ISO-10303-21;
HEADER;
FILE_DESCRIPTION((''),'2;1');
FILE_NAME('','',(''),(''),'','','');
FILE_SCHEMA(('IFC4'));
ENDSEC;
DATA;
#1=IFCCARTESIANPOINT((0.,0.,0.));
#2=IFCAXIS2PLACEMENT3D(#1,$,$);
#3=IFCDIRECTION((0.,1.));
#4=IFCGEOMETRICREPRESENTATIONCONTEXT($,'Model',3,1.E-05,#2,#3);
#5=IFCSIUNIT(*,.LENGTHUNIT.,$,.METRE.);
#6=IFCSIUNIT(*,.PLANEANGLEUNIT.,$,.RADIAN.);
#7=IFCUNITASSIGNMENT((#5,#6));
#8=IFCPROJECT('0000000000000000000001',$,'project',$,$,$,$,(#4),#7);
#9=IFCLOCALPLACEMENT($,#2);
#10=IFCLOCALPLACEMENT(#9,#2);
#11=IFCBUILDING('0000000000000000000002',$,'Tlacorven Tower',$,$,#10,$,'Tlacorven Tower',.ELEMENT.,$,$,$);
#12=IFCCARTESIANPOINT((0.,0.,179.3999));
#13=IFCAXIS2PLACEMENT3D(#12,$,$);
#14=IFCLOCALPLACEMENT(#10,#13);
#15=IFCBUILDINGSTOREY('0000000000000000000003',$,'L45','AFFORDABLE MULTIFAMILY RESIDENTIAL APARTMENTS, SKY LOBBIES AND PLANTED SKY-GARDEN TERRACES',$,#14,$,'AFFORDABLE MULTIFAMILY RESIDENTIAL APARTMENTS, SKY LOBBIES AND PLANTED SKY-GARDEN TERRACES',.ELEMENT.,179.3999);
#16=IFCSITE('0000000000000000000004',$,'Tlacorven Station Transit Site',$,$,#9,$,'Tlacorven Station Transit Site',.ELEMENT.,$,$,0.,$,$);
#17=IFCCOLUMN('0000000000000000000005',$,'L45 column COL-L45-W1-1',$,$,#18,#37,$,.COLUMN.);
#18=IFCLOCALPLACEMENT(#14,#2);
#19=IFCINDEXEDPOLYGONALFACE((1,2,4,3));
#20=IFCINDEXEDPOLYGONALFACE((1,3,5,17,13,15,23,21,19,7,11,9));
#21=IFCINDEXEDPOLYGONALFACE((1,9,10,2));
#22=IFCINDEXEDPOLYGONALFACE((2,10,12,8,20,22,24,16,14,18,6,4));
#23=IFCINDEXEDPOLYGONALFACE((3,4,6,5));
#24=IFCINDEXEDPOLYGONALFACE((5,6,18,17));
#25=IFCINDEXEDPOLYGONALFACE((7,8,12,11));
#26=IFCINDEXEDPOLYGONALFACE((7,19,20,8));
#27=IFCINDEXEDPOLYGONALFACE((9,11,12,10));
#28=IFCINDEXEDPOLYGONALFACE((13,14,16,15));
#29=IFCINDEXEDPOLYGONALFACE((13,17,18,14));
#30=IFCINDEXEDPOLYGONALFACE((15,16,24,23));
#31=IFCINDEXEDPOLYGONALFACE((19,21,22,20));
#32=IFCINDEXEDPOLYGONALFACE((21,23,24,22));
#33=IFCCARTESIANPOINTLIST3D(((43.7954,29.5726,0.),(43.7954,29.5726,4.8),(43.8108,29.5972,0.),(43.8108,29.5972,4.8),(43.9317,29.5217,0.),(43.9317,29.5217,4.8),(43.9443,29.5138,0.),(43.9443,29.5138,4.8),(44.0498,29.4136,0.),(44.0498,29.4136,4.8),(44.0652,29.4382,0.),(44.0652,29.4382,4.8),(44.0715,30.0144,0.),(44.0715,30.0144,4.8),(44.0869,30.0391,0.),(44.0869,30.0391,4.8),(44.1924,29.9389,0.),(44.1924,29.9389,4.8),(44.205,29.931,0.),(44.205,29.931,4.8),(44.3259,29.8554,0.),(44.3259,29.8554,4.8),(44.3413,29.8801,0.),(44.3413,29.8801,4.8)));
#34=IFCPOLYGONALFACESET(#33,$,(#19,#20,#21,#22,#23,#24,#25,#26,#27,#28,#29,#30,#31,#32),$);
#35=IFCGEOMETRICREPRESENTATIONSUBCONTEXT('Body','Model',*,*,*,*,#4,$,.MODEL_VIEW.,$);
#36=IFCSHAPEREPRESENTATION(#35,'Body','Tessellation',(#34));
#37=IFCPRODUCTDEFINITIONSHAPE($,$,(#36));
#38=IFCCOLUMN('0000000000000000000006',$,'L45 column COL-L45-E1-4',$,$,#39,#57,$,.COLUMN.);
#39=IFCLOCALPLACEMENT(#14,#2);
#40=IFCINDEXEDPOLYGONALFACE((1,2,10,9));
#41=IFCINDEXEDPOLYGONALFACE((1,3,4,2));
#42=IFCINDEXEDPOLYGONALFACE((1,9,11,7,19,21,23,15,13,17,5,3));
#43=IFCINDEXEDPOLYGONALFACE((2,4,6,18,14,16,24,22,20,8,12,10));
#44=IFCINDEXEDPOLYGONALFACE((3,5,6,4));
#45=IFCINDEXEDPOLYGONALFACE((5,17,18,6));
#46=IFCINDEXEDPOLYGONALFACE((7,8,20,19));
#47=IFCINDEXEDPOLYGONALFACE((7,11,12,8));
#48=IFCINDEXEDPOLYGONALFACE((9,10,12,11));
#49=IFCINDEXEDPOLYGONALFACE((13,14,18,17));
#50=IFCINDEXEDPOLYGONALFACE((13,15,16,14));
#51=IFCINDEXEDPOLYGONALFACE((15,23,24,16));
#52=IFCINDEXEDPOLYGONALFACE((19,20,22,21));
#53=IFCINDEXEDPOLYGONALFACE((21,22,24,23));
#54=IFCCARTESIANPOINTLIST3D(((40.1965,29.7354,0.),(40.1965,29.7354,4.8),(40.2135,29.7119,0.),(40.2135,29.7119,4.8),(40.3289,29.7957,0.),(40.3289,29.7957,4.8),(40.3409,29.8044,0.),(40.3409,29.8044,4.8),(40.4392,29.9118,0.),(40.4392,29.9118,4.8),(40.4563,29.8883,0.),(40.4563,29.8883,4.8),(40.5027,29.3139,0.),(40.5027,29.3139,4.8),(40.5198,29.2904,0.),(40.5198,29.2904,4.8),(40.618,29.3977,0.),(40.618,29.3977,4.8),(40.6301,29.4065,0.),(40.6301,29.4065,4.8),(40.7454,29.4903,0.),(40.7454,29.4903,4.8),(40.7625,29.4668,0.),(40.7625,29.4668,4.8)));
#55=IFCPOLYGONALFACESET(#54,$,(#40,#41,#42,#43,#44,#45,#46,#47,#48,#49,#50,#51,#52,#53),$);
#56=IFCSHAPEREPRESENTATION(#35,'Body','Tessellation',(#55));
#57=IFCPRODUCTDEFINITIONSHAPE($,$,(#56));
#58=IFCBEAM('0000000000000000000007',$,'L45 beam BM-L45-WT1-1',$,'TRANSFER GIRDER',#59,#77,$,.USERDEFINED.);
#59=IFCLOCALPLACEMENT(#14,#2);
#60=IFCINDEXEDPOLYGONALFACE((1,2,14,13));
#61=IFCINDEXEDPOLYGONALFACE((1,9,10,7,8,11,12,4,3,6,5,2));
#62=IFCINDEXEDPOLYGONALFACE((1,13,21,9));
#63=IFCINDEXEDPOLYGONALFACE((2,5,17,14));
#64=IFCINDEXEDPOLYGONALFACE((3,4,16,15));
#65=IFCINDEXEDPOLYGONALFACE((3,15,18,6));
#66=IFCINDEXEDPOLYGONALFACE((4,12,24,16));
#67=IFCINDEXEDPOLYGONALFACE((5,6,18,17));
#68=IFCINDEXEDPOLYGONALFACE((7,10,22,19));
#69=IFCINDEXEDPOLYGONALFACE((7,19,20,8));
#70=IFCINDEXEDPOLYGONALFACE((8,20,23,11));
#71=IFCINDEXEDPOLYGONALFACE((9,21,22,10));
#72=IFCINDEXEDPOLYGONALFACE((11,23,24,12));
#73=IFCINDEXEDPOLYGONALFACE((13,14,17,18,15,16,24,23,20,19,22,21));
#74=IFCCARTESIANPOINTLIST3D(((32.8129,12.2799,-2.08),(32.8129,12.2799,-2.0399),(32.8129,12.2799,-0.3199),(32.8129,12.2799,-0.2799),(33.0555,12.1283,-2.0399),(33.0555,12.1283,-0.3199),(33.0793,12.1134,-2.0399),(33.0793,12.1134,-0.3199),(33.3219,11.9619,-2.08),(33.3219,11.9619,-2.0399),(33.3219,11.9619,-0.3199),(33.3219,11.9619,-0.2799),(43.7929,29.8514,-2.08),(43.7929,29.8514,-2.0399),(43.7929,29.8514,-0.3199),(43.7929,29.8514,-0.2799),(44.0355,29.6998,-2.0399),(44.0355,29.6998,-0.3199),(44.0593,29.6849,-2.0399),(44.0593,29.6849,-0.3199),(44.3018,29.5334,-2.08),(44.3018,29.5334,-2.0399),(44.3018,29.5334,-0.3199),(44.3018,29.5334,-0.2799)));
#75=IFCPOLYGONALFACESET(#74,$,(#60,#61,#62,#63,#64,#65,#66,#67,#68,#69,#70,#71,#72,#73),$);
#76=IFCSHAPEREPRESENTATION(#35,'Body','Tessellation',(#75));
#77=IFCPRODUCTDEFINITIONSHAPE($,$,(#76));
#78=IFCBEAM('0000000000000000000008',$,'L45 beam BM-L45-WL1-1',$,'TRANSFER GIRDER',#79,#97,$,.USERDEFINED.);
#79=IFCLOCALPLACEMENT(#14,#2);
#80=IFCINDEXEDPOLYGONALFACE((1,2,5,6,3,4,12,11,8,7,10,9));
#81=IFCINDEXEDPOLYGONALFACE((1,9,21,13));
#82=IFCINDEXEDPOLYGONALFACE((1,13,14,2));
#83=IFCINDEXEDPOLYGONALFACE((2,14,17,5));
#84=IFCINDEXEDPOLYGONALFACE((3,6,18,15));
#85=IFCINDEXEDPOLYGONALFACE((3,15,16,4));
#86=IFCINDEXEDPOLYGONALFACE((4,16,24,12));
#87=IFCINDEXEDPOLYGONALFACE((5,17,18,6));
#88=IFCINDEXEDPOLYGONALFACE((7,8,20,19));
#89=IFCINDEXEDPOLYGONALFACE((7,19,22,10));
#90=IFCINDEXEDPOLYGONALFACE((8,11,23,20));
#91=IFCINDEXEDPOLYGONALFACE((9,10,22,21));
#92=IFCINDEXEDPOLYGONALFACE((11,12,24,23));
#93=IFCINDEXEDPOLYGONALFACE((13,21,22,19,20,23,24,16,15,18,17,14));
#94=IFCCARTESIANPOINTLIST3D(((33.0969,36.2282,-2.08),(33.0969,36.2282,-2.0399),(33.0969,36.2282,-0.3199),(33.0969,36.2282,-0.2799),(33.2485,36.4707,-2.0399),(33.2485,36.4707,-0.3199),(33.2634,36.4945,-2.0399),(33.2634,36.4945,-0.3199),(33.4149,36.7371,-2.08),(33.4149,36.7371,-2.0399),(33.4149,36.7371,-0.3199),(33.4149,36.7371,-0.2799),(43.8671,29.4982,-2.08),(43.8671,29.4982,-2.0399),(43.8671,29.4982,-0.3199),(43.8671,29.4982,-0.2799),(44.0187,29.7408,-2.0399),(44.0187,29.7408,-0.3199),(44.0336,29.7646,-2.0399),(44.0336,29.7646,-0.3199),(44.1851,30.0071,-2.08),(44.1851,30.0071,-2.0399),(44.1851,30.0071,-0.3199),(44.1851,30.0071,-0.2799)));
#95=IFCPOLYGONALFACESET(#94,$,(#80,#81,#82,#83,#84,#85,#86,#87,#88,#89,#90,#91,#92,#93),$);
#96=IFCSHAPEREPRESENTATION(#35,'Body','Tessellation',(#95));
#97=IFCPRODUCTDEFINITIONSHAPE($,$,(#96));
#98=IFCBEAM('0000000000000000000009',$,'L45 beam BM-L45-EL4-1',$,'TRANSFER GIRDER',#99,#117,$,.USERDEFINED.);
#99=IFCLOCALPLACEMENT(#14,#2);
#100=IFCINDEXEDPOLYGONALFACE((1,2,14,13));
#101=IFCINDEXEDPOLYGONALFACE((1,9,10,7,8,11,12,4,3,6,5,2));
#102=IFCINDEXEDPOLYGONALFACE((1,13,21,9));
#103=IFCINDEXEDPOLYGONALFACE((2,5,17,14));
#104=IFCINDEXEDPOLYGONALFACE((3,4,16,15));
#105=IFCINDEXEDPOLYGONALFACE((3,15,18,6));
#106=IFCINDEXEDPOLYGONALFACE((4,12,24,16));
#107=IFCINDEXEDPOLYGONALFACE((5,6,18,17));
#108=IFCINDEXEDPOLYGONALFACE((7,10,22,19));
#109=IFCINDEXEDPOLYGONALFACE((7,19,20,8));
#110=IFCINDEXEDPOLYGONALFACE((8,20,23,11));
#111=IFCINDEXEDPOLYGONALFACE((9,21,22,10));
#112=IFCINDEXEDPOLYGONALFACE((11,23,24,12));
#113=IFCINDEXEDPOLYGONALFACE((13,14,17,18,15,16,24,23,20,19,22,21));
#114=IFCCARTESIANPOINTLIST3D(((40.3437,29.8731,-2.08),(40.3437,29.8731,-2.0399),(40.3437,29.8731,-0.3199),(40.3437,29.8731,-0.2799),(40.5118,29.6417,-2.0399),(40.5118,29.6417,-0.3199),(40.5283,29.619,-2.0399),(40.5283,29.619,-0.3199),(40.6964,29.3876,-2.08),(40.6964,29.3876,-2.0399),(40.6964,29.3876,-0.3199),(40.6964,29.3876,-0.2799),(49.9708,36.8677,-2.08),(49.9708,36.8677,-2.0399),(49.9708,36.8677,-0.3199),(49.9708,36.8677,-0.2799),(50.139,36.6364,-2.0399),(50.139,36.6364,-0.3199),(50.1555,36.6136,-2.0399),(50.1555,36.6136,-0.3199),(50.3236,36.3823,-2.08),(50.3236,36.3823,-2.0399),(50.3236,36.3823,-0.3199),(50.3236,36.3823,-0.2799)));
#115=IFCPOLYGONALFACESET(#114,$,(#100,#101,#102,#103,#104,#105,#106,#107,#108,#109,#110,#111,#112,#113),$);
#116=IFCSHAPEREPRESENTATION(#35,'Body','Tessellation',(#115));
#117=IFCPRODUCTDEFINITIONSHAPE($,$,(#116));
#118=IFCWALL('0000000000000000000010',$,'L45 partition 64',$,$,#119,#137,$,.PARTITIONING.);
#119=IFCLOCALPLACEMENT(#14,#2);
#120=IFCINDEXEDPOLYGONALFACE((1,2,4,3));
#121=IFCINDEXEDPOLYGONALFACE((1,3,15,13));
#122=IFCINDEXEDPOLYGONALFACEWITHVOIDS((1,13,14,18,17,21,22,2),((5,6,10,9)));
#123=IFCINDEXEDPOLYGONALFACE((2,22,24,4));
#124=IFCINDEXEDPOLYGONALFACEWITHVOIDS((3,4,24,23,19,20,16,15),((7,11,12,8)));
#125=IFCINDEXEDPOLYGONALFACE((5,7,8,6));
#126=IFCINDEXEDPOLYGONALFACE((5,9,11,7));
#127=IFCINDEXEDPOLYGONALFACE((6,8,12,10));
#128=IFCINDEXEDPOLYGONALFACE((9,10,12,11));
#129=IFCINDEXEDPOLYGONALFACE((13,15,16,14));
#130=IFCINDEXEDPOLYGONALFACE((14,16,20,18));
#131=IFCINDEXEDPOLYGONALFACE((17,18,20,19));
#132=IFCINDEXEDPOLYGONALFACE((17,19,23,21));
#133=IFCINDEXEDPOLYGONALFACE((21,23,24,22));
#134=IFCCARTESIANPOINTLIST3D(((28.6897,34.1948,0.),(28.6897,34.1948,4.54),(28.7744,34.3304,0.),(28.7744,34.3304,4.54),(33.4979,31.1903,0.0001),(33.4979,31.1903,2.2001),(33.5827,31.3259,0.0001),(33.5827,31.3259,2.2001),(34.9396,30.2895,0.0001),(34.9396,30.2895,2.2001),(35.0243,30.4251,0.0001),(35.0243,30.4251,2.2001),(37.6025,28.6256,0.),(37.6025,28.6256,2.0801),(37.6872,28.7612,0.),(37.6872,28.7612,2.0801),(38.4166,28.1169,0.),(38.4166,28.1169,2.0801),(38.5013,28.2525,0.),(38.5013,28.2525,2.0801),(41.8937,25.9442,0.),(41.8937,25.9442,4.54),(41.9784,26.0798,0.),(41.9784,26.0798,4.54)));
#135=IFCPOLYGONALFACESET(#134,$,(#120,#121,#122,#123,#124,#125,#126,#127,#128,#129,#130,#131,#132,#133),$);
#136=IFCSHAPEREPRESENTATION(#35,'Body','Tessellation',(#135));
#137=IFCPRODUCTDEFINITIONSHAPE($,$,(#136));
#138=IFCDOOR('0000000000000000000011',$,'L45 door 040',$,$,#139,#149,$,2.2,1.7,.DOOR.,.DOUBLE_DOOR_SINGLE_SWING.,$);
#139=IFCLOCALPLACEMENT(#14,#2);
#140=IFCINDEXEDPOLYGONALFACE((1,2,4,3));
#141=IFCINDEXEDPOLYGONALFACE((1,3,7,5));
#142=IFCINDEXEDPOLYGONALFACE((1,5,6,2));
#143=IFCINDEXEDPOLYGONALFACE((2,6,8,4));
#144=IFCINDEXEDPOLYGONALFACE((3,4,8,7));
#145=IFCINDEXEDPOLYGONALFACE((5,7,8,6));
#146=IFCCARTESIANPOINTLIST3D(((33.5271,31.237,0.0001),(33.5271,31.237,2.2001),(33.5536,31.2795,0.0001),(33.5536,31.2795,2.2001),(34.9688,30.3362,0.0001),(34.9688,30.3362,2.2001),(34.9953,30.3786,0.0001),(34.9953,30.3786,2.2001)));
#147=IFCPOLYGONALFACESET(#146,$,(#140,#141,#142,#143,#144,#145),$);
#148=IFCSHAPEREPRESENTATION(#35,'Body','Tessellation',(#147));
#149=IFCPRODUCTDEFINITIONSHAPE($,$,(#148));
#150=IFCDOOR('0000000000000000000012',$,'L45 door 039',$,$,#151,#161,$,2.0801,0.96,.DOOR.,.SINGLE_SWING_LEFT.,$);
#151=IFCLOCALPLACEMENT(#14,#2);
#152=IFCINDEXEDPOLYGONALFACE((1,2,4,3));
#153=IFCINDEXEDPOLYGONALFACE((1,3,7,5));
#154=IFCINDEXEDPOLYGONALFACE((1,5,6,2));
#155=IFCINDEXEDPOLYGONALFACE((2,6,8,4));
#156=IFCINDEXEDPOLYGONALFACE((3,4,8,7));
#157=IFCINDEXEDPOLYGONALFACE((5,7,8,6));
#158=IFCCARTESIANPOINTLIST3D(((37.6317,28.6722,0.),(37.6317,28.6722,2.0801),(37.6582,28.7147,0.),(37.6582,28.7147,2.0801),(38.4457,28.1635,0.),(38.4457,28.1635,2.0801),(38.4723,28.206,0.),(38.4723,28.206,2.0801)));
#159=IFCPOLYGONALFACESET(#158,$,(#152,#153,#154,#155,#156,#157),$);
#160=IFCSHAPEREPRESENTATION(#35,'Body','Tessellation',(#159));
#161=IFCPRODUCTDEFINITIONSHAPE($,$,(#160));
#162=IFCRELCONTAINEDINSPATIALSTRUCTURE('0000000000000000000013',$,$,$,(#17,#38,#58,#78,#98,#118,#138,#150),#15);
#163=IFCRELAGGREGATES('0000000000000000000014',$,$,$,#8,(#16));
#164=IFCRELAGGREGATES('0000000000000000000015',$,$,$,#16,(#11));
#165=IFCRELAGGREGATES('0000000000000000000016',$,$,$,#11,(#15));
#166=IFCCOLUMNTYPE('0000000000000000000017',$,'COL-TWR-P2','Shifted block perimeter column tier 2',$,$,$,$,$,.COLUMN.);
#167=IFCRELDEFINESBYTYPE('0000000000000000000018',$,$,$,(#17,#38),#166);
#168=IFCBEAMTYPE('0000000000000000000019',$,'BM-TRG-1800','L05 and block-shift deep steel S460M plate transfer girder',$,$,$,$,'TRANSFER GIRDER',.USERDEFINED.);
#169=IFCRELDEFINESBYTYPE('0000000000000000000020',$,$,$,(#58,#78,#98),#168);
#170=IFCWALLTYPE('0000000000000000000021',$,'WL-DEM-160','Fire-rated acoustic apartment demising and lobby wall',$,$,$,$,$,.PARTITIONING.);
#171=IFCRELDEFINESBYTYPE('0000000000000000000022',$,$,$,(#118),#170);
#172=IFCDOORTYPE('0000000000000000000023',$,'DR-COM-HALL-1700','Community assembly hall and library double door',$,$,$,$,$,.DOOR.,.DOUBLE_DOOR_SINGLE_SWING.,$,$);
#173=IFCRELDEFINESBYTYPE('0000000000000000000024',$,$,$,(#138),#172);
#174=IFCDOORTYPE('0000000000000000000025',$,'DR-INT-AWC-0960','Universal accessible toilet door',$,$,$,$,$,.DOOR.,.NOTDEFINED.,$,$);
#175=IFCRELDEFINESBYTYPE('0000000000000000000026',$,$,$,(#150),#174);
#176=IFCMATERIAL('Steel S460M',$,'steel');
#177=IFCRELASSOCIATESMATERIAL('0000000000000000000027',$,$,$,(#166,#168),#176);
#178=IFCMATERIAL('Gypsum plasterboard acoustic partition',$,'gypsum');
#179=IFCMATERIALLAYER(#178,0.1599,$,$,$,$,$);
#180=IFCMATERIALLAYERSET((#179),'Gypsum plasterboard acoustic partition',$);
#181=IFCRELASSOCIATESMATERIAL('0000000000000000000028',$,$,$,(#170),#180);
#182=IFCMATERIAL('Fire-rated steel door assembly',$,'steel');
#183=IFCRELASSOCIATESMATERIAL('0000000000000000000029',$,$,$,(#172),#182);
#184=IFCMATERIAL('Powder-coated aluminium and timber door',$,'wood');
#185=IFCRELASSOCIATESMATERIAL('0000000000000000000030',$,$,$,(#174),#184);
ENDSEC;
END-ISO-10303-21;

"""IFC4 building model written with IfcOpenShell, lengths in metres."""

from ifc_helpers import new_model, si_unit, direction, frame, frame_2d, origin, origin_2d, place, context, subcontext, project, spatial, rectangle, i_section, extrude, source, transform, mapped, material, layer, layer_set, material_profile, profile_set, type_object, element, fill, save


model = new_model("IFC4")

# Units and contexts
model_context = context("Model", 3, precision=1e-05, world=origin(), true_north=direction((0.0, 1.0)))
body_context = subcontext(model_context, "Body", "Model", "MODEL_VIEW")
ifc_project = project(units=[si_unit("LENGTHUNIT", "METRE"), si_unit("PLANEANGLEUNIT", "RADIAN")], contexts=[model_context])

# Site, building, storey
site_placement = place(None, origin())
site = spatial("IfcSite", under=ifc_project, at=site_placement, Name="Tlacorven Station Transit Site", LongName="Tlacorven Station Transit Site", CompositionType="ELEMENT", RefElevation=0.0)
building_placement = place(site_placement, origin())
building = spatial("IfcBuilding", under=site, at=building_placement, Name="Tlacorven Tower", LongName="Tlacorven Tower", CompositionType="ELEMENT")
storey_placement = place(building_placement, frame((0.0, 0.0, 179.3999)))
storey = spatial("IfcBuildingStorey", under=building, at=storey_placement, Name="L45", Description="AFFORDABLE MULTIFAMILY RESIDENTIAL APARTMENTS, SKY LOBBIES AND PLANTED SKY-GARDEN TERRACES", LongName="AFFORDABLE MULTIFAMILY RESIDENTIAL APARTMENTS, SKY LOBBIES AND PLANTED SKY-GARDEN TERRACES", CompositionType="ELEMENT", Elevation=179.3999)

# Columns
ifc_material_1 = material(Name="Steel S460M", Category="steel")
ifc_material_profile_1 = material_profile(ifc_material_1, i_section(OverallWidth=0.3, OverallDepth=0.55, WebThickness=0.0149, FlangeThickness=0.0291, at=origin_2d()), Name="HEB 550")
ifc_profile_set_1 = profile_set([ifc_material_profile_1], Name="Steel S460M")
column_type = type_object("IfcColumnType", Name="COL-TWR-P2", Description="Shifted block perimeter column tier 2", PredefinedType="COLUMN", material=ifc_profile_set_1)
shared_shape_1 = source(origin(), body_context, "Body", "SweptSolid", [
    extrude(i_section(OverallWidth=0.3, OverallDepth=0.55, WebThickness=0.0149, FlangeThickness=0.0291, at=origin_2d()), origin(), (0.0, 0.0, 1.0), 4.8),
])
for number, where, z_axis, x_axis, name in (
    (1, (44.0684, 29.7263, 0.0), (0.0, 0.0, 1.0), (-0.848048, 0.529919, 0.0), "L45 column COL-L45-W1-1"),
    (2, (40.4795, 29.6011, 0.0), (0.0, 0.0, 1.0), (0.809017, 0.587785, 0.0), "L45 column COL-L45-E1-4"),
):
    element("IfcColumn", number, at=place(storey_placement, frame(where, z_axis=z_axis, x_axis=x_axis)), inside=storey, type_object=column_type, Name=name, PredefinedType="COLUMN", context=body_context, shape_type="MappedRepresentation", body=[
        mapped(shared_shape_1, transform((0.0, 0.0, 0.0), scale=1.0)),
    ])

# Beams
ifc_material_profile_2 = material_profile(ifc_material_1, i_section(OverallWidth=0.6001, OverallDepth=1.8, WebThickness=0.0281, FlangeThickness=0.04, at=origin_2d()), Name="PG 1800X600X28X40")
ifc_profile_set_2 = profile_set([ifc_material_profile_2], Name="Steel S460M")
beam_type = type_object("IfcBeamType", Name="BM-TRG-1800", Description="L05 and block-shift deep steel S460M plate transfer girder", ElementType="TRANSFER GIRDER", PredefinedType="USERDEFINED", material=ifc_profile_set_2)
shared_shape_2 = source(origin(), body_context, "Body", "SweptSolid", [
    extrude(i_section(OverallWidth=0.6001, OverallDepth=1.8, WebThickness=0.0281, FlangeThickness=0.04, at=origin_2d()), origin(), (0.0, 0.0, 1.0), 20.72),
])
beam_1_placement = place(storey_placement, frame((44.0474, 29.6924, -1.1799), z_axis=(-0.529922, -0.848047, 0.0), x_axis=(0.848047, -0.529922, 0.0)))
element("IfcBeam", 3, at=beam_1_placement, inside=storey, type_object=beam_type, Name="L45 beam BM-L45-WT1-1", ObjectType="TRANSFER GIRDER", PredefinedType="USERDEFINED", context=body_context, shape_type="MappedRepresentation", body=[
    mapped(shared_shape_2, transform((0.0, 0.0, 0.0), scale=1.0)),
])
shared_shape_3 = source(origin(), body_context, "Body", "SweptSolid", [
    extrude(i_section(OverallWidth=0.6001, OverallDepth=1.8, WebThickness=0.0281, FlangeThickness=0.04, at=origin_2d()), origin(), (0.0, 0.0, 1.0), 12.7),
])
beam_2_placement = place(storey_placement, frame((44.0261, 29.7527, -1.1799), z_axis=(-0.848049, 0.529918, 0.0), x_axis=(-0.529918, -0.848049, 0.0)))
element("IfcBeam", 4, at=beam_2_placement, inside=storey, type_object=beam_type, Name="L45 beam BM-L45-WL1-1", ObjectType="TRANSFER GIRDER", PredefinedType="USERDEFINED", context=body_context, shape_type="MappedRepresentation", body=[
    mapped(shared_shape_3, transform((0.0, 0.0, 0.0), scale=1.0)),
])
shared_shape_4 = source(origin(), body_context, "Body", "SweptSolid", [
    extrude(i_section(OverallWidth=0.6001, OverallDepth=1.8, WebThickness=0.0281, FlangeThickness=0.04, at=origin_2d()), origin(), (0.0, 0.0, 1.0), 11.8999),
])
beam_3_placement = place(storey_placement, frame((40.52, 29.6304, -1.1799), z_axis=(0.809015, 0.587789, 0.0), x_axis=(-0.587789, 0.809015, 0.0)))
element("IfcBeam", 5, at=beam_3_placement, inside=storey, type_object=beam_type, Name="L45 beam BM-L45-EL4-1", ObjectType="TRANSFER GIRDER", PredefinedType="USERDEFINED", context=body_context, shape_type="MappedRepresentation", body=[
    mapped(shared_shape_4, transform((0.0, 0.0, 0.0), scale=1.0)),
])

# Wall, openings, doors
ifc_material_2 = material(Name="Gypsum plasterboard acoustic partition", Category="gypsum")
ifc_layer_1 = layer(ifc_material_2, 0.1599)
ifc_layer_set_1 = layer_set([ifc_layer_1], Name="Gypsum plasterboard acoustic partition")
wall_type_1 = type_object("IfcWallType", Name="WL-DEM-160", Description="Fire-rated acoustic apartment demising and lobby wall", PredefinedType="PARTITIONING", material=ifc_layer_set_1)
wall_1_placement = place(storey_placement, frame((41.936, 26.012, 0.0), z_axis=(0.0, 0.0, 1.0), x_axis=(-0.848051, 0.529914, 0.0)))
wall_1 = element("IfcWall", 6, at=wall_1_placement, inside=storey, type_object=wall_type_1, Name="L45 partition 64", PredefinedType="PARTITIONING", context=body_context, shape_type="SweptSolid", body=[
    extrude(rectangle(XDim=15.5698, YDim=0.1599, at=frame_2d((7.7849, 0.0))), origin(), (0.0, 0.0, 1.0), 4.54),
])
opening_1_placement = place(wall_1_placement, frame((4.1001, 0.0, 0.0)))
opening_1 = element("IfcOpeningElement", 7, at=opening_1_placement, cuts=wall_1, PredefinedType="OPENING", context=body_context, shape_type="SweptSolid", body=[
    extrude(rectangle(XDim=0.96, YDim=2.0801, at=frame_2d((0.48, 1.04))), frame((0.0, 0.0898, 0.0), z_axis=(0.0, -1.0, 0.0), x_axis=(1.0, 0.0, 0.0)), (0.0, 0.0, 1.0), 0.1799),
])
opening_2_placement = place(wall_1_placement, frame((8.2, 0.0, 0.0)))
opening_2 = element("IfcOpeningElement", 8, at=opening_2_placement, cuts=wall_1, PredefinedType="OPENING", context=body_context, shape_type="SweptSolid", body=[
    extrude(rectangle(XDim=1.7, YDim=2.2, at=frame_2d((0.8501, 1.1001))), frame((0.0, 0.0898, 0.0), z_axis=(0.0, -1.0, 0.0), x_axis=(1.0, 0.0, 0.0)), (0.0, 0.0, 1.0), 0.1799),
])
ifc_material_3 = material(Name="Fire-rated steel door assembly", Category="steel")
door_type_1 = type_object("IfcDoorType", Name="DR-COM-HALL-1700", Description="Community assembly hall and library double door", OperationType="DOUBLE_DOOR_SINGLE_SWING", PredefinedType="DOOR", material=ifc_material_3)
shared_shape_5 = source(origin(), body_context, "Body", "SweptSolid", [
    extrude(rectangle(XDim=1.7, YDim=2.2, at=frame_2d((0.8501, 1.1001))), frame((0.0, 0.0249, 0.0), z_axis=(0.0, -1.0, 0.0), x_axis=(1.0, 0.0, 0.0)), (0.0, 0.0, 1.0), 0.05),
])
door_1_placement = place(opening_2_placement, origin())
door_1 = element("IfcDoor", 9, at=door_1_placement, inside=storey, type_object=door_type_1, Name="L45 door 040", OperationType="DOUBLE_DOOR_SINGLE_SWING", OverallHeight=2.2, OverallWidth=1.7, PredefinedType="DOOR", context=body_context, shape_type="MappedRepresentation", body=[
    mapped(shared_shape_5, transform((0.0, 0.0, 0.0), scale=1.0)),
])
fill(opening_2, door_1)
ifc_material_4 = material(Name="Powder-coated aluminium and timber door", Category="wood")
door_type_2 = type_object("IfcDoorType", Name="DR-INT-AWC-0960", Description="Universal accessible toilet door", OperationType="NOTDEFINED", PredefinedType="DOOR", material=ifc_material_4)
shared_shape_6 = source(origin(), body_context, "Body", "SweptSolid", [
    extrude(rectangle(XDim=0.96, YDim=2.0801, at=frame_2d((0.48, 1.04))), frame((0.0, 0.0249, 0.0), z_axis=(0.0, -1.0, 0.0), x_axis=(1.0, 0.0, 0.0)), (0.0, 0.0, 1.0), 0.05),
])
door_2_placement = place(opening_1_placement, origin())
door_2 = element("IfcDoor", 10, at=door_2_placement, inside=storey, type_object=door_type_2, Name="L45 door 039", OperationType="SINGLE_SWING_LEFT", OverallHeight=2.0801, OverallWidth=0.96, PredefinedType="DOOR", context=body_context, shape_type="MappedRepresentation", body=[
    mapped(shared_shape_6, transform((0.0, 0.0, 0.0), scale=1.0)),
])
fill(opening_1, door_2)

save(model, "model.ifc")
